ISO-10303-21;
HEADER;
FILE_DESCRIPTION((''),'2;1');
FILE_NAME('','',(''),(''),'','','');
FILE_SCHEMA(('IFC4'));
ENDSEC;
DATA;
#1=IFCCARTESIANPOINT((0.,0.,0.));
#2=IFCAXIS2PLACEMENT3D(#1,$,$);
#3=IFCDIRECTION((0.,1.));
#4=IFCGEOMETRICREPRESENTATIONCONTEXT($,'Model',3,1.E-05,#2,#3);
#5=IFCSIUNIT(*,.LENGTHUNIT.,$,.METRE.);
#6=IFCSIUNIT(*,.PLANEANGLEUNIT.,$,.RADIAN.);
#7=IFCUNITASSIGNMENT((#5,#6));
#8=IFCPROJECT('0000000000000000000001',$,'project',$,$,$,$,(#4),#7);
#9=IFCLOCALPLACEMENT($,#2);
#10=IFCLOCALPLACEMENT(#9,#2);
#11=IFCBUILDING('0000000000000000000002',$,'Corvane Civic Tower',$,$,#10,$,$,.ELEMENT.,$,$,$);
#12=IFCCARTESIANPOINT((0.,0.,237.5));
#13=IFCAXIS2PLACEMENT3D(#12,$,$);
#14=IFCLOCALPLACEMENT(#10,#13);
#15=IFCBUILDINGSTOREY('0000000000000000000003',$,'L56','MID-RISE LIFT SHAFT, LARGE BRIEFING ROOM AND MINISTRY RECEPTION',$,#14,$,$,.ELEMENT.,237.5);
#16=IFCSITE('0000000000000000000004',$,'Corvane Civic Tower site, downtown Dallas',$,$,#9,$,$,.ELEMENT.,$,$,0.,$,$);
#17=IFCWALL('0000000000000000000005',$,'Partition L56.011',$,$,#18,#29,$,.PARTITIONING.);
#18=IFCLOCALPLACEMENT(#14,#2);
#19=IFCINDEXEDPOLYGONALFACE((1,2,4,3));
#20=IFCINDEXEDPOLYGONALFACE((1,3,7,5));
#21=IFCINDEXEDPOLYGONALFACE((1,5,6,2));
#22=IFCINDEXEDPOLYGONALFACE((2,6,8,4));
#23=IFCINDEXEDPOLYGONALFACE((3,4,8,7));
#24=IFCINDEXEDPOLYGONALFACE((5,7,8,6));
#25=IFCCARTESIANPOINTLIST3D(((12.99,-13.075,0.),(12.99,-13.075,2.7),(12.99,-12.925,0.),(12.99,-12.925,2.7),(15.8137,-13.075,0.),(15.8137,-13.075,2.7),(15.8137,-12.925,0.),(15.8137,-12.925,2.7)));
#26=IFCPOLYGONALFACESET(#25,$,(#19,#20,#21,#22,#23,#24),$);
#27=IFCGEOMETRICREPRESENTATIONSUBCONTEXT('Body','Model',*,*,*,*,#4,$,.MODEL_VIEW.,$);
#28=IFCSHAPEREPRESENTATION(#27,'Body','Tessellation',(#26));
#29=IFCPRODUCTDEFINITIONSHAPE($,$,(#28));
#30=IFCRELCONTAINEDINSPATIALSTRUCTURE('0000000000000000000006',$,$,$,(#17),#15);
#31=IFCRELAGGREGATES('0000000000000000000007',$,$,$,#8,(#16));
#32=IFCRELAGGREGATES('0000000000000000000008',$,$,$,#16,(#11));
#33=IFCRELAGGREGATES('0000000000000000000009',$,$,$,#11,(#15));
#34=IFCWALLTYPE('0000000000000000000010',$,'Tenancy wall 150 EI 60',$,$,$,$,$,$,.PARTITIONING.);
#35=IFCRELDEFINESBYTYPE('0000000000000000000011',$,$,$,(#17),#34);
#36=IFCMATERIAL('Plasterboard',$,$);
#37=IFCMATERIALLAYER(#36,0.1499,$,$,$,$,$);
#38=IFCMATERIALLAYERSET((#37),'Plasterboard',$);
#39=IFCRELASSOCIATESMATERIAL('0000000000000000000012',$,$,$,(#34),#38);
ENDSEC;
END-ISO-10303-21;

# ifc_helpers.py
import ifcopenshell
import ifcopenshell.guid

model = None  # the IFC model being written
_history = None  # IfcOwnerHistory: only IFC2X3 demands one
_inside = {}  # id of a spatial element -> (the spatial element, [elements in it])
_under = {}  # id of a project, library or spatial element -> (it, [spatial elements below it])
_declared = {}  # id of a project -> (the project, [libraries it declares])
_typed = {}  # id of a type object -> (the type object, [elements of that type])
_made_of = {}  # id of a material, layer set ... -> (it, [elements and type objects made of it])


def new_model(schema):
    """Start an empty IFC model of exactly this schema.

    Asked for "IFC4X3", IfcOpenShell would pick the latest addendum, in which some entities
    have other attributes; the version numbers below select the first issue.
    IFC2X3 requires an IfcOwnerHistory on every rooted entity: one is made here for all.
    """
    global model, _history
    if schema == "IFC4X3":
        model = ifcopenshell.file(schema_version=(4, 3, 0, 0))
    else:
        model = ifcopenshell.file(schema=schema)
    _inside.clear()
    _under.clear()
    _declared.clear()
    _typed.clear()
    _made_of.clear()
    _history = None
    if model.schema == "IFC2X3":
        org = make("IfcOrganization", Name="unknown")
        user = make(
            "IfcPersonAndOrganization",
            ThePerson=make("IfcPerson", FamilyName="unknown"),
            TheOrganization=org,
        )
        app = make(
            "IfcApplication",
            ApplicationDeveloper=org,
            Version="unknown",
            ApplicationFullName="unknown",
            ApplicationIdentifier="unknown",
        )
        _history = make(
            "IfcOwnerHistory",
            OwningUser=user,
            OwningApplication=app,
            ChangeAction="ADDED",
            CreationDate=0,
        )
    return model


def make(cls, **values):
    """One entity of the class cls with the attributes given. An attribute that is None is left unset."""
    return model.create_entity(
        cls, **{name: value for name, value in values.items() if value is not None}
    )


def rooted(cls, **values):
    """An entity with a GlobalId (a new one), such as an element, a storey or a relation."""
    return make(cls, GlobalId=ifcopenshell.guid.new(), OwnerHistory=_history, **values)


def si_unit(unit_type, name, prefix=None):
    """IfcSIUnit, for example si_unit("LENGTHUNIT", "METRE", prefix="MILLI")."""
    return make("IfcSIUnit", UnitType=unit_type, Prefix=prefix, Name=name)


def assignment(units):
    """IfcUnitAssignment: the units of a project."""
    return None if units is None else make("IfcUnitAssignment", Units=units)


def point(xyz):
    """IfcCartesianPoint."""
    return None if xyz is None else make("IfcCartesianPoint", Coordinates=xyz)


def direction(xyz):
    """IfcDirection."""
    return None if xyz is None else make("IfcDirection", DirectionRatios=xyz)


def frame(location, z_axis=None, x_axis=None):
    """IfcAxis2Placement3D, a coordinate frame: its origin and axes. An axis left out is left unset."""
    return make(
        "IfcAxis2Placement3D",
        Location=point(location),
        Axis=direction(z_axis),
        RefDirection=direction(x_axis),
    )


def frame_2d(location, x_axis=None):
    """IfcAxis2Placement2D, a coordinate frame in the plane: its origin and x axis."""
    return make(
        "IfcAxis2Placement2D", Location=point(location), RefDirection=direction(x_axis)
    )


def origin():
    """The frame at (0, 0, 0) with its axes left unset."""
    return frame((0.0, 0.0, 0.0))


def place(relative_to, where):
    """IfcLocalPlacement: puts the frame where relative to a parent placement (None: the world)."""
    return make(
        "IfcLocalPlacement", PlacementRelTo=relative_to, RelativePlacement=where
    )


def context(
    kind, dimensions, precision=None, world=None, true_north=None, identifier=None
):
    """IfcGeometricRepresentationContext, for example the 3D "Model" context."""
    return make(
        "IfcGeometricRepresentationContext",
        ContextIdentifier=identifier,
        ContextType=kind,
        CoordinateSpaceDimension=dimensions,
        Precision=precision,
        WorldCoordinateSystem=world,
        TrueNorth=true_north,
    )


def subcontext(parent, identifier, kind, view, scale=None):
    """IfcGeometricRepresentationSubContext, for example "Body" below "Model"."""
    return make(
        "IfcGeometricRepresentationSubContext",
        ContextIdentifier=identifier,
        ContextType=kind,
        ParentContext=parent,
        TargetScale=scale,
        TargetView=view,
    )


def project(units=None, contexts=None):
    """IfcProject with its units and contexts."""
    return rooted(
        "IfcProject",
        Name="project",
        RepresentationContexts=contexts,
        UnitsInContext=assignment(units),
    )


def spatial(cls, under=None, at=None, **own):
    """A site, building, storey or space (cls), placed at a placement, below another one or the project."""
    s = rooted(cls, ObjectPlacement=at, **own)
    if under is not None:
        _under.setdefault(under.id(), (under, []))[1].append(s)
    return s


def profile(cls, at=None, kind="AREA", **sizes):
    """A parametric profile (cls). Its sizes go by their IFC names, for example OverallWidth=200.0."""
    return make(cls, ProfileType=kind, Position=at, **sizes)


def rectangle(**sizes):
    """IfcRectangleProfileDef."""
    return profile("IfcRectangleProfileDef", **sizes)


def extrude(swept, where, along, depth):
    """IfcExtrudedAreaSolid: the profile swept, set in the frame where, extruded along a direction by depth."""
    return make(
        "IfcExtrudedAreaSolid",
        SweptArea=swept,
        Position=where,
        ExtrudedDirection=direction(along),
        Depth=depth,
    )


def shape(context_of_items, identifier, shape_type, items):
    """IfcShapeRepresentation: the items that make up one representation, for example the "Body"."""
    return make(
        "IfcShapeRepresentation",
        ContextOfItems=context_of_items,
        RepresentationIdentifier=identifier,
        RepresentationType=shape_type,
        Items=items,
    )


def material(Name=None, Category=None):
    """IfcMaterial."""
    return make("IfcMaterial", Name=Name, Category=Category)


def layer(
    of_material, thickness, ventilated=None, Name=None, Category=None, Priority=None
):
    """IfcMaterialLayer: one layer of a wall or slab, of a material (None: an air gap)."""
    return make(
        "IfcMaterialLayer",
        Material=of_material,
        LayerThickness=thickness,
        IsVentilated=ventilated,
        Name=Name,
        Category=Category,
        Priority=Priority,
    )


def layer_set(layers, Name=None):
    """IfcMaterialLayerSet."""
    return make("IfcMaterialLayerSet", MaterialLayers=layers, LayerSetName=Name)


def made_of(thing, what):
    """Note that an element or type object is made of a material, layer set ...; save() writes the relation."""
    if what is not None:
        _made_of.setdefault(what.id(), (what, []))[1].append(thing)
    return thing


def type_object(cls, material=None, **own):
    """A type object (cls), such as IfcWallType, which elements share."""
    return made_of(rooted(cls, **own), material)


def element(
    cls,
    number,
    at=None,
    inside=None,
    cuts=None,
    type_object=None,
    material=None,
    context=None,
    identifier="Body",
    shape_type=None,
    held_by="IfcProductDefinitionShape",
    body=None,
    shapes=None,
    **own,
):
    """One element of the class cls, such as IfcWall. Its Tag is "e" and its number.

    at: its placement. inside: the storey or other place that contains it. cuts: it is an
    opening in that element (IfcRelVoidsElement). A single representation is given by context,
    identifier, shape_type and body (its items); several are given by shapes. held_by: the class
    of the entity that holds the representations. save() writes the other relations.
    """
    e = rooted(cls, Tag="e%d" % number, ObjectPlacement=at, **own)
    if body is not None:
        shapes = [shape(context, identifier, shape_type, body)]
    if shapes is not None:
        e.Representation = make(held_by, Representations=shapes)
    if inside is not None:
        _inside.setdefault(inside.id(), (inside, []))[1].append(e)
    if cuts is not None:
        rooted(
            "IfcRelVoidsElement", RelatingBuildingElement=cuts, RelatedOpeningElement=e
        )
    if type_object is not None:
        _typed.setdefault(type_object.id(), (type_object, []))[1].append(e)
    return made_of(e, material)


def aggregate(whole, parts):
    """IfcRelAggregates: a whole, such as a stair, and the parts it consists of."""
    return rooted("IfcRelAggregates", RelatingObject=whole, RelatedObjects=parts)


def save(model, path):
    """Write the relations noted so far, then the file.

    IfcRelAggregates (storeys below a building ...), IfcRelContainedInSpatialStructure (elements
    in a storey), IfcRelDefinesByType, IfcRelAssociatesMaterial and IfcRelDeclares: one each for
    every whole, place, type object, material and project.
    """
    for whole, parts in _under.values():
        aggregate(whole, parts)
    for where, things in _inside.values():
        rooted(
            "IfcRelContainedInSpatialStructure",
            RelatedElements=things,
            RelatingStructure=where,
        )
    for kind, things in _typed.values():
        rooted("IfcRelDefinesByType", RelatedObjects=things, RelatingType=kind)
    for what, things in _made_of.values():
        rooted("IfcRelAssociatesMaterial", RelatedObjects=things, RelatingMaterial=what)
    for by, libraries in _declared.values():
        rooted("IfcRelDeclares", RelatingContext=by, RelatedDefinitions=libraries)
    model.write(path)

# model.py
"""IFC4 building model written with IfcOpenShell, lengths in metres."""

from ifc_helpers import new_model, si_unit, direction, frame, frame_2d, origin, place, context, subcontext, project, spatial, rectangle, extrude, material, layer, layer_set, type_object, element, save


model = new_model("IFC4")

# Units and contexts
model_context = context("Model", 3, precision=1e-05, world=origin(), true_north=direction((0.0, 1.0)))
body_context = subcontext(model_context, "Body", "Model", "MODEL_VIEW")
ifc_project = project(units=[si_unit("LENGTHUNIT", "METRE"), si_unit("PLANEANGLEUNIT", "RADIAN")], contexts=[model_context])

# Site, building, storey
site_placement = place(None, origin())
site = spatial("IfcSite", under=ifc_project, at=site_placement, Name="Corvane Civic Tower site, downtown Dallas", CompositionType="ELEMENT", RefElevation=0.0)
building_placement = place(site_placement, origin())
building = spatial("IfcBuilding", under=site, at=building_placement, Name="Corvane Civic Tower", CompositionType="ELEMENT")
storey_placement = place(building_placement, frame((0.0, 0.0, 237.5)))
storey = spatial("IfcBuildingStorey", under=building, at=storey_placement, Name="L56", Description="MID-RISE LIFT SHAFT, LARGE BRIEFING ROOM AND MINISTRY RECEPTION", CompositionType="ELEMENT", Elevation=237.5)

# Wall
ifc_material_1 = material(Name="Plasterboard")
ifc_layer_1 = layer(ifc_material_1, 0.1499)
ifc_layer_set_1 = layer_set([ifc_layer_1], Name="Plasterboard")
wall_type_1 = type_object("IfcWallType", Name="Tenancy wall 150 EI 60", PredefinedType="PARTITIONING", material=ifc_layer_set_1)
wall_1_placement = place(storey_placement, frame((12.99, -13.0, 0.0), z_axis=(0.0, 0.0, 1.0), x_axis=(1.0, 0.0, 0.0)))
element("IfcWall", 1, at=wall_1_placement, inside=storey, type_object=wall_type_1, Name="Partition L56.011", PredefinedType="PARTITIONING", context=body_context, shape_type="SweptSolid", body=[
    extrude(rectangle(XDim=2.8237, YDim=0.1499, at=frame_2d((1.4119, 0.0))), origin(), (0.0, 0.0, 1.0), 2.7),
])

save(model, "model.ifc")
